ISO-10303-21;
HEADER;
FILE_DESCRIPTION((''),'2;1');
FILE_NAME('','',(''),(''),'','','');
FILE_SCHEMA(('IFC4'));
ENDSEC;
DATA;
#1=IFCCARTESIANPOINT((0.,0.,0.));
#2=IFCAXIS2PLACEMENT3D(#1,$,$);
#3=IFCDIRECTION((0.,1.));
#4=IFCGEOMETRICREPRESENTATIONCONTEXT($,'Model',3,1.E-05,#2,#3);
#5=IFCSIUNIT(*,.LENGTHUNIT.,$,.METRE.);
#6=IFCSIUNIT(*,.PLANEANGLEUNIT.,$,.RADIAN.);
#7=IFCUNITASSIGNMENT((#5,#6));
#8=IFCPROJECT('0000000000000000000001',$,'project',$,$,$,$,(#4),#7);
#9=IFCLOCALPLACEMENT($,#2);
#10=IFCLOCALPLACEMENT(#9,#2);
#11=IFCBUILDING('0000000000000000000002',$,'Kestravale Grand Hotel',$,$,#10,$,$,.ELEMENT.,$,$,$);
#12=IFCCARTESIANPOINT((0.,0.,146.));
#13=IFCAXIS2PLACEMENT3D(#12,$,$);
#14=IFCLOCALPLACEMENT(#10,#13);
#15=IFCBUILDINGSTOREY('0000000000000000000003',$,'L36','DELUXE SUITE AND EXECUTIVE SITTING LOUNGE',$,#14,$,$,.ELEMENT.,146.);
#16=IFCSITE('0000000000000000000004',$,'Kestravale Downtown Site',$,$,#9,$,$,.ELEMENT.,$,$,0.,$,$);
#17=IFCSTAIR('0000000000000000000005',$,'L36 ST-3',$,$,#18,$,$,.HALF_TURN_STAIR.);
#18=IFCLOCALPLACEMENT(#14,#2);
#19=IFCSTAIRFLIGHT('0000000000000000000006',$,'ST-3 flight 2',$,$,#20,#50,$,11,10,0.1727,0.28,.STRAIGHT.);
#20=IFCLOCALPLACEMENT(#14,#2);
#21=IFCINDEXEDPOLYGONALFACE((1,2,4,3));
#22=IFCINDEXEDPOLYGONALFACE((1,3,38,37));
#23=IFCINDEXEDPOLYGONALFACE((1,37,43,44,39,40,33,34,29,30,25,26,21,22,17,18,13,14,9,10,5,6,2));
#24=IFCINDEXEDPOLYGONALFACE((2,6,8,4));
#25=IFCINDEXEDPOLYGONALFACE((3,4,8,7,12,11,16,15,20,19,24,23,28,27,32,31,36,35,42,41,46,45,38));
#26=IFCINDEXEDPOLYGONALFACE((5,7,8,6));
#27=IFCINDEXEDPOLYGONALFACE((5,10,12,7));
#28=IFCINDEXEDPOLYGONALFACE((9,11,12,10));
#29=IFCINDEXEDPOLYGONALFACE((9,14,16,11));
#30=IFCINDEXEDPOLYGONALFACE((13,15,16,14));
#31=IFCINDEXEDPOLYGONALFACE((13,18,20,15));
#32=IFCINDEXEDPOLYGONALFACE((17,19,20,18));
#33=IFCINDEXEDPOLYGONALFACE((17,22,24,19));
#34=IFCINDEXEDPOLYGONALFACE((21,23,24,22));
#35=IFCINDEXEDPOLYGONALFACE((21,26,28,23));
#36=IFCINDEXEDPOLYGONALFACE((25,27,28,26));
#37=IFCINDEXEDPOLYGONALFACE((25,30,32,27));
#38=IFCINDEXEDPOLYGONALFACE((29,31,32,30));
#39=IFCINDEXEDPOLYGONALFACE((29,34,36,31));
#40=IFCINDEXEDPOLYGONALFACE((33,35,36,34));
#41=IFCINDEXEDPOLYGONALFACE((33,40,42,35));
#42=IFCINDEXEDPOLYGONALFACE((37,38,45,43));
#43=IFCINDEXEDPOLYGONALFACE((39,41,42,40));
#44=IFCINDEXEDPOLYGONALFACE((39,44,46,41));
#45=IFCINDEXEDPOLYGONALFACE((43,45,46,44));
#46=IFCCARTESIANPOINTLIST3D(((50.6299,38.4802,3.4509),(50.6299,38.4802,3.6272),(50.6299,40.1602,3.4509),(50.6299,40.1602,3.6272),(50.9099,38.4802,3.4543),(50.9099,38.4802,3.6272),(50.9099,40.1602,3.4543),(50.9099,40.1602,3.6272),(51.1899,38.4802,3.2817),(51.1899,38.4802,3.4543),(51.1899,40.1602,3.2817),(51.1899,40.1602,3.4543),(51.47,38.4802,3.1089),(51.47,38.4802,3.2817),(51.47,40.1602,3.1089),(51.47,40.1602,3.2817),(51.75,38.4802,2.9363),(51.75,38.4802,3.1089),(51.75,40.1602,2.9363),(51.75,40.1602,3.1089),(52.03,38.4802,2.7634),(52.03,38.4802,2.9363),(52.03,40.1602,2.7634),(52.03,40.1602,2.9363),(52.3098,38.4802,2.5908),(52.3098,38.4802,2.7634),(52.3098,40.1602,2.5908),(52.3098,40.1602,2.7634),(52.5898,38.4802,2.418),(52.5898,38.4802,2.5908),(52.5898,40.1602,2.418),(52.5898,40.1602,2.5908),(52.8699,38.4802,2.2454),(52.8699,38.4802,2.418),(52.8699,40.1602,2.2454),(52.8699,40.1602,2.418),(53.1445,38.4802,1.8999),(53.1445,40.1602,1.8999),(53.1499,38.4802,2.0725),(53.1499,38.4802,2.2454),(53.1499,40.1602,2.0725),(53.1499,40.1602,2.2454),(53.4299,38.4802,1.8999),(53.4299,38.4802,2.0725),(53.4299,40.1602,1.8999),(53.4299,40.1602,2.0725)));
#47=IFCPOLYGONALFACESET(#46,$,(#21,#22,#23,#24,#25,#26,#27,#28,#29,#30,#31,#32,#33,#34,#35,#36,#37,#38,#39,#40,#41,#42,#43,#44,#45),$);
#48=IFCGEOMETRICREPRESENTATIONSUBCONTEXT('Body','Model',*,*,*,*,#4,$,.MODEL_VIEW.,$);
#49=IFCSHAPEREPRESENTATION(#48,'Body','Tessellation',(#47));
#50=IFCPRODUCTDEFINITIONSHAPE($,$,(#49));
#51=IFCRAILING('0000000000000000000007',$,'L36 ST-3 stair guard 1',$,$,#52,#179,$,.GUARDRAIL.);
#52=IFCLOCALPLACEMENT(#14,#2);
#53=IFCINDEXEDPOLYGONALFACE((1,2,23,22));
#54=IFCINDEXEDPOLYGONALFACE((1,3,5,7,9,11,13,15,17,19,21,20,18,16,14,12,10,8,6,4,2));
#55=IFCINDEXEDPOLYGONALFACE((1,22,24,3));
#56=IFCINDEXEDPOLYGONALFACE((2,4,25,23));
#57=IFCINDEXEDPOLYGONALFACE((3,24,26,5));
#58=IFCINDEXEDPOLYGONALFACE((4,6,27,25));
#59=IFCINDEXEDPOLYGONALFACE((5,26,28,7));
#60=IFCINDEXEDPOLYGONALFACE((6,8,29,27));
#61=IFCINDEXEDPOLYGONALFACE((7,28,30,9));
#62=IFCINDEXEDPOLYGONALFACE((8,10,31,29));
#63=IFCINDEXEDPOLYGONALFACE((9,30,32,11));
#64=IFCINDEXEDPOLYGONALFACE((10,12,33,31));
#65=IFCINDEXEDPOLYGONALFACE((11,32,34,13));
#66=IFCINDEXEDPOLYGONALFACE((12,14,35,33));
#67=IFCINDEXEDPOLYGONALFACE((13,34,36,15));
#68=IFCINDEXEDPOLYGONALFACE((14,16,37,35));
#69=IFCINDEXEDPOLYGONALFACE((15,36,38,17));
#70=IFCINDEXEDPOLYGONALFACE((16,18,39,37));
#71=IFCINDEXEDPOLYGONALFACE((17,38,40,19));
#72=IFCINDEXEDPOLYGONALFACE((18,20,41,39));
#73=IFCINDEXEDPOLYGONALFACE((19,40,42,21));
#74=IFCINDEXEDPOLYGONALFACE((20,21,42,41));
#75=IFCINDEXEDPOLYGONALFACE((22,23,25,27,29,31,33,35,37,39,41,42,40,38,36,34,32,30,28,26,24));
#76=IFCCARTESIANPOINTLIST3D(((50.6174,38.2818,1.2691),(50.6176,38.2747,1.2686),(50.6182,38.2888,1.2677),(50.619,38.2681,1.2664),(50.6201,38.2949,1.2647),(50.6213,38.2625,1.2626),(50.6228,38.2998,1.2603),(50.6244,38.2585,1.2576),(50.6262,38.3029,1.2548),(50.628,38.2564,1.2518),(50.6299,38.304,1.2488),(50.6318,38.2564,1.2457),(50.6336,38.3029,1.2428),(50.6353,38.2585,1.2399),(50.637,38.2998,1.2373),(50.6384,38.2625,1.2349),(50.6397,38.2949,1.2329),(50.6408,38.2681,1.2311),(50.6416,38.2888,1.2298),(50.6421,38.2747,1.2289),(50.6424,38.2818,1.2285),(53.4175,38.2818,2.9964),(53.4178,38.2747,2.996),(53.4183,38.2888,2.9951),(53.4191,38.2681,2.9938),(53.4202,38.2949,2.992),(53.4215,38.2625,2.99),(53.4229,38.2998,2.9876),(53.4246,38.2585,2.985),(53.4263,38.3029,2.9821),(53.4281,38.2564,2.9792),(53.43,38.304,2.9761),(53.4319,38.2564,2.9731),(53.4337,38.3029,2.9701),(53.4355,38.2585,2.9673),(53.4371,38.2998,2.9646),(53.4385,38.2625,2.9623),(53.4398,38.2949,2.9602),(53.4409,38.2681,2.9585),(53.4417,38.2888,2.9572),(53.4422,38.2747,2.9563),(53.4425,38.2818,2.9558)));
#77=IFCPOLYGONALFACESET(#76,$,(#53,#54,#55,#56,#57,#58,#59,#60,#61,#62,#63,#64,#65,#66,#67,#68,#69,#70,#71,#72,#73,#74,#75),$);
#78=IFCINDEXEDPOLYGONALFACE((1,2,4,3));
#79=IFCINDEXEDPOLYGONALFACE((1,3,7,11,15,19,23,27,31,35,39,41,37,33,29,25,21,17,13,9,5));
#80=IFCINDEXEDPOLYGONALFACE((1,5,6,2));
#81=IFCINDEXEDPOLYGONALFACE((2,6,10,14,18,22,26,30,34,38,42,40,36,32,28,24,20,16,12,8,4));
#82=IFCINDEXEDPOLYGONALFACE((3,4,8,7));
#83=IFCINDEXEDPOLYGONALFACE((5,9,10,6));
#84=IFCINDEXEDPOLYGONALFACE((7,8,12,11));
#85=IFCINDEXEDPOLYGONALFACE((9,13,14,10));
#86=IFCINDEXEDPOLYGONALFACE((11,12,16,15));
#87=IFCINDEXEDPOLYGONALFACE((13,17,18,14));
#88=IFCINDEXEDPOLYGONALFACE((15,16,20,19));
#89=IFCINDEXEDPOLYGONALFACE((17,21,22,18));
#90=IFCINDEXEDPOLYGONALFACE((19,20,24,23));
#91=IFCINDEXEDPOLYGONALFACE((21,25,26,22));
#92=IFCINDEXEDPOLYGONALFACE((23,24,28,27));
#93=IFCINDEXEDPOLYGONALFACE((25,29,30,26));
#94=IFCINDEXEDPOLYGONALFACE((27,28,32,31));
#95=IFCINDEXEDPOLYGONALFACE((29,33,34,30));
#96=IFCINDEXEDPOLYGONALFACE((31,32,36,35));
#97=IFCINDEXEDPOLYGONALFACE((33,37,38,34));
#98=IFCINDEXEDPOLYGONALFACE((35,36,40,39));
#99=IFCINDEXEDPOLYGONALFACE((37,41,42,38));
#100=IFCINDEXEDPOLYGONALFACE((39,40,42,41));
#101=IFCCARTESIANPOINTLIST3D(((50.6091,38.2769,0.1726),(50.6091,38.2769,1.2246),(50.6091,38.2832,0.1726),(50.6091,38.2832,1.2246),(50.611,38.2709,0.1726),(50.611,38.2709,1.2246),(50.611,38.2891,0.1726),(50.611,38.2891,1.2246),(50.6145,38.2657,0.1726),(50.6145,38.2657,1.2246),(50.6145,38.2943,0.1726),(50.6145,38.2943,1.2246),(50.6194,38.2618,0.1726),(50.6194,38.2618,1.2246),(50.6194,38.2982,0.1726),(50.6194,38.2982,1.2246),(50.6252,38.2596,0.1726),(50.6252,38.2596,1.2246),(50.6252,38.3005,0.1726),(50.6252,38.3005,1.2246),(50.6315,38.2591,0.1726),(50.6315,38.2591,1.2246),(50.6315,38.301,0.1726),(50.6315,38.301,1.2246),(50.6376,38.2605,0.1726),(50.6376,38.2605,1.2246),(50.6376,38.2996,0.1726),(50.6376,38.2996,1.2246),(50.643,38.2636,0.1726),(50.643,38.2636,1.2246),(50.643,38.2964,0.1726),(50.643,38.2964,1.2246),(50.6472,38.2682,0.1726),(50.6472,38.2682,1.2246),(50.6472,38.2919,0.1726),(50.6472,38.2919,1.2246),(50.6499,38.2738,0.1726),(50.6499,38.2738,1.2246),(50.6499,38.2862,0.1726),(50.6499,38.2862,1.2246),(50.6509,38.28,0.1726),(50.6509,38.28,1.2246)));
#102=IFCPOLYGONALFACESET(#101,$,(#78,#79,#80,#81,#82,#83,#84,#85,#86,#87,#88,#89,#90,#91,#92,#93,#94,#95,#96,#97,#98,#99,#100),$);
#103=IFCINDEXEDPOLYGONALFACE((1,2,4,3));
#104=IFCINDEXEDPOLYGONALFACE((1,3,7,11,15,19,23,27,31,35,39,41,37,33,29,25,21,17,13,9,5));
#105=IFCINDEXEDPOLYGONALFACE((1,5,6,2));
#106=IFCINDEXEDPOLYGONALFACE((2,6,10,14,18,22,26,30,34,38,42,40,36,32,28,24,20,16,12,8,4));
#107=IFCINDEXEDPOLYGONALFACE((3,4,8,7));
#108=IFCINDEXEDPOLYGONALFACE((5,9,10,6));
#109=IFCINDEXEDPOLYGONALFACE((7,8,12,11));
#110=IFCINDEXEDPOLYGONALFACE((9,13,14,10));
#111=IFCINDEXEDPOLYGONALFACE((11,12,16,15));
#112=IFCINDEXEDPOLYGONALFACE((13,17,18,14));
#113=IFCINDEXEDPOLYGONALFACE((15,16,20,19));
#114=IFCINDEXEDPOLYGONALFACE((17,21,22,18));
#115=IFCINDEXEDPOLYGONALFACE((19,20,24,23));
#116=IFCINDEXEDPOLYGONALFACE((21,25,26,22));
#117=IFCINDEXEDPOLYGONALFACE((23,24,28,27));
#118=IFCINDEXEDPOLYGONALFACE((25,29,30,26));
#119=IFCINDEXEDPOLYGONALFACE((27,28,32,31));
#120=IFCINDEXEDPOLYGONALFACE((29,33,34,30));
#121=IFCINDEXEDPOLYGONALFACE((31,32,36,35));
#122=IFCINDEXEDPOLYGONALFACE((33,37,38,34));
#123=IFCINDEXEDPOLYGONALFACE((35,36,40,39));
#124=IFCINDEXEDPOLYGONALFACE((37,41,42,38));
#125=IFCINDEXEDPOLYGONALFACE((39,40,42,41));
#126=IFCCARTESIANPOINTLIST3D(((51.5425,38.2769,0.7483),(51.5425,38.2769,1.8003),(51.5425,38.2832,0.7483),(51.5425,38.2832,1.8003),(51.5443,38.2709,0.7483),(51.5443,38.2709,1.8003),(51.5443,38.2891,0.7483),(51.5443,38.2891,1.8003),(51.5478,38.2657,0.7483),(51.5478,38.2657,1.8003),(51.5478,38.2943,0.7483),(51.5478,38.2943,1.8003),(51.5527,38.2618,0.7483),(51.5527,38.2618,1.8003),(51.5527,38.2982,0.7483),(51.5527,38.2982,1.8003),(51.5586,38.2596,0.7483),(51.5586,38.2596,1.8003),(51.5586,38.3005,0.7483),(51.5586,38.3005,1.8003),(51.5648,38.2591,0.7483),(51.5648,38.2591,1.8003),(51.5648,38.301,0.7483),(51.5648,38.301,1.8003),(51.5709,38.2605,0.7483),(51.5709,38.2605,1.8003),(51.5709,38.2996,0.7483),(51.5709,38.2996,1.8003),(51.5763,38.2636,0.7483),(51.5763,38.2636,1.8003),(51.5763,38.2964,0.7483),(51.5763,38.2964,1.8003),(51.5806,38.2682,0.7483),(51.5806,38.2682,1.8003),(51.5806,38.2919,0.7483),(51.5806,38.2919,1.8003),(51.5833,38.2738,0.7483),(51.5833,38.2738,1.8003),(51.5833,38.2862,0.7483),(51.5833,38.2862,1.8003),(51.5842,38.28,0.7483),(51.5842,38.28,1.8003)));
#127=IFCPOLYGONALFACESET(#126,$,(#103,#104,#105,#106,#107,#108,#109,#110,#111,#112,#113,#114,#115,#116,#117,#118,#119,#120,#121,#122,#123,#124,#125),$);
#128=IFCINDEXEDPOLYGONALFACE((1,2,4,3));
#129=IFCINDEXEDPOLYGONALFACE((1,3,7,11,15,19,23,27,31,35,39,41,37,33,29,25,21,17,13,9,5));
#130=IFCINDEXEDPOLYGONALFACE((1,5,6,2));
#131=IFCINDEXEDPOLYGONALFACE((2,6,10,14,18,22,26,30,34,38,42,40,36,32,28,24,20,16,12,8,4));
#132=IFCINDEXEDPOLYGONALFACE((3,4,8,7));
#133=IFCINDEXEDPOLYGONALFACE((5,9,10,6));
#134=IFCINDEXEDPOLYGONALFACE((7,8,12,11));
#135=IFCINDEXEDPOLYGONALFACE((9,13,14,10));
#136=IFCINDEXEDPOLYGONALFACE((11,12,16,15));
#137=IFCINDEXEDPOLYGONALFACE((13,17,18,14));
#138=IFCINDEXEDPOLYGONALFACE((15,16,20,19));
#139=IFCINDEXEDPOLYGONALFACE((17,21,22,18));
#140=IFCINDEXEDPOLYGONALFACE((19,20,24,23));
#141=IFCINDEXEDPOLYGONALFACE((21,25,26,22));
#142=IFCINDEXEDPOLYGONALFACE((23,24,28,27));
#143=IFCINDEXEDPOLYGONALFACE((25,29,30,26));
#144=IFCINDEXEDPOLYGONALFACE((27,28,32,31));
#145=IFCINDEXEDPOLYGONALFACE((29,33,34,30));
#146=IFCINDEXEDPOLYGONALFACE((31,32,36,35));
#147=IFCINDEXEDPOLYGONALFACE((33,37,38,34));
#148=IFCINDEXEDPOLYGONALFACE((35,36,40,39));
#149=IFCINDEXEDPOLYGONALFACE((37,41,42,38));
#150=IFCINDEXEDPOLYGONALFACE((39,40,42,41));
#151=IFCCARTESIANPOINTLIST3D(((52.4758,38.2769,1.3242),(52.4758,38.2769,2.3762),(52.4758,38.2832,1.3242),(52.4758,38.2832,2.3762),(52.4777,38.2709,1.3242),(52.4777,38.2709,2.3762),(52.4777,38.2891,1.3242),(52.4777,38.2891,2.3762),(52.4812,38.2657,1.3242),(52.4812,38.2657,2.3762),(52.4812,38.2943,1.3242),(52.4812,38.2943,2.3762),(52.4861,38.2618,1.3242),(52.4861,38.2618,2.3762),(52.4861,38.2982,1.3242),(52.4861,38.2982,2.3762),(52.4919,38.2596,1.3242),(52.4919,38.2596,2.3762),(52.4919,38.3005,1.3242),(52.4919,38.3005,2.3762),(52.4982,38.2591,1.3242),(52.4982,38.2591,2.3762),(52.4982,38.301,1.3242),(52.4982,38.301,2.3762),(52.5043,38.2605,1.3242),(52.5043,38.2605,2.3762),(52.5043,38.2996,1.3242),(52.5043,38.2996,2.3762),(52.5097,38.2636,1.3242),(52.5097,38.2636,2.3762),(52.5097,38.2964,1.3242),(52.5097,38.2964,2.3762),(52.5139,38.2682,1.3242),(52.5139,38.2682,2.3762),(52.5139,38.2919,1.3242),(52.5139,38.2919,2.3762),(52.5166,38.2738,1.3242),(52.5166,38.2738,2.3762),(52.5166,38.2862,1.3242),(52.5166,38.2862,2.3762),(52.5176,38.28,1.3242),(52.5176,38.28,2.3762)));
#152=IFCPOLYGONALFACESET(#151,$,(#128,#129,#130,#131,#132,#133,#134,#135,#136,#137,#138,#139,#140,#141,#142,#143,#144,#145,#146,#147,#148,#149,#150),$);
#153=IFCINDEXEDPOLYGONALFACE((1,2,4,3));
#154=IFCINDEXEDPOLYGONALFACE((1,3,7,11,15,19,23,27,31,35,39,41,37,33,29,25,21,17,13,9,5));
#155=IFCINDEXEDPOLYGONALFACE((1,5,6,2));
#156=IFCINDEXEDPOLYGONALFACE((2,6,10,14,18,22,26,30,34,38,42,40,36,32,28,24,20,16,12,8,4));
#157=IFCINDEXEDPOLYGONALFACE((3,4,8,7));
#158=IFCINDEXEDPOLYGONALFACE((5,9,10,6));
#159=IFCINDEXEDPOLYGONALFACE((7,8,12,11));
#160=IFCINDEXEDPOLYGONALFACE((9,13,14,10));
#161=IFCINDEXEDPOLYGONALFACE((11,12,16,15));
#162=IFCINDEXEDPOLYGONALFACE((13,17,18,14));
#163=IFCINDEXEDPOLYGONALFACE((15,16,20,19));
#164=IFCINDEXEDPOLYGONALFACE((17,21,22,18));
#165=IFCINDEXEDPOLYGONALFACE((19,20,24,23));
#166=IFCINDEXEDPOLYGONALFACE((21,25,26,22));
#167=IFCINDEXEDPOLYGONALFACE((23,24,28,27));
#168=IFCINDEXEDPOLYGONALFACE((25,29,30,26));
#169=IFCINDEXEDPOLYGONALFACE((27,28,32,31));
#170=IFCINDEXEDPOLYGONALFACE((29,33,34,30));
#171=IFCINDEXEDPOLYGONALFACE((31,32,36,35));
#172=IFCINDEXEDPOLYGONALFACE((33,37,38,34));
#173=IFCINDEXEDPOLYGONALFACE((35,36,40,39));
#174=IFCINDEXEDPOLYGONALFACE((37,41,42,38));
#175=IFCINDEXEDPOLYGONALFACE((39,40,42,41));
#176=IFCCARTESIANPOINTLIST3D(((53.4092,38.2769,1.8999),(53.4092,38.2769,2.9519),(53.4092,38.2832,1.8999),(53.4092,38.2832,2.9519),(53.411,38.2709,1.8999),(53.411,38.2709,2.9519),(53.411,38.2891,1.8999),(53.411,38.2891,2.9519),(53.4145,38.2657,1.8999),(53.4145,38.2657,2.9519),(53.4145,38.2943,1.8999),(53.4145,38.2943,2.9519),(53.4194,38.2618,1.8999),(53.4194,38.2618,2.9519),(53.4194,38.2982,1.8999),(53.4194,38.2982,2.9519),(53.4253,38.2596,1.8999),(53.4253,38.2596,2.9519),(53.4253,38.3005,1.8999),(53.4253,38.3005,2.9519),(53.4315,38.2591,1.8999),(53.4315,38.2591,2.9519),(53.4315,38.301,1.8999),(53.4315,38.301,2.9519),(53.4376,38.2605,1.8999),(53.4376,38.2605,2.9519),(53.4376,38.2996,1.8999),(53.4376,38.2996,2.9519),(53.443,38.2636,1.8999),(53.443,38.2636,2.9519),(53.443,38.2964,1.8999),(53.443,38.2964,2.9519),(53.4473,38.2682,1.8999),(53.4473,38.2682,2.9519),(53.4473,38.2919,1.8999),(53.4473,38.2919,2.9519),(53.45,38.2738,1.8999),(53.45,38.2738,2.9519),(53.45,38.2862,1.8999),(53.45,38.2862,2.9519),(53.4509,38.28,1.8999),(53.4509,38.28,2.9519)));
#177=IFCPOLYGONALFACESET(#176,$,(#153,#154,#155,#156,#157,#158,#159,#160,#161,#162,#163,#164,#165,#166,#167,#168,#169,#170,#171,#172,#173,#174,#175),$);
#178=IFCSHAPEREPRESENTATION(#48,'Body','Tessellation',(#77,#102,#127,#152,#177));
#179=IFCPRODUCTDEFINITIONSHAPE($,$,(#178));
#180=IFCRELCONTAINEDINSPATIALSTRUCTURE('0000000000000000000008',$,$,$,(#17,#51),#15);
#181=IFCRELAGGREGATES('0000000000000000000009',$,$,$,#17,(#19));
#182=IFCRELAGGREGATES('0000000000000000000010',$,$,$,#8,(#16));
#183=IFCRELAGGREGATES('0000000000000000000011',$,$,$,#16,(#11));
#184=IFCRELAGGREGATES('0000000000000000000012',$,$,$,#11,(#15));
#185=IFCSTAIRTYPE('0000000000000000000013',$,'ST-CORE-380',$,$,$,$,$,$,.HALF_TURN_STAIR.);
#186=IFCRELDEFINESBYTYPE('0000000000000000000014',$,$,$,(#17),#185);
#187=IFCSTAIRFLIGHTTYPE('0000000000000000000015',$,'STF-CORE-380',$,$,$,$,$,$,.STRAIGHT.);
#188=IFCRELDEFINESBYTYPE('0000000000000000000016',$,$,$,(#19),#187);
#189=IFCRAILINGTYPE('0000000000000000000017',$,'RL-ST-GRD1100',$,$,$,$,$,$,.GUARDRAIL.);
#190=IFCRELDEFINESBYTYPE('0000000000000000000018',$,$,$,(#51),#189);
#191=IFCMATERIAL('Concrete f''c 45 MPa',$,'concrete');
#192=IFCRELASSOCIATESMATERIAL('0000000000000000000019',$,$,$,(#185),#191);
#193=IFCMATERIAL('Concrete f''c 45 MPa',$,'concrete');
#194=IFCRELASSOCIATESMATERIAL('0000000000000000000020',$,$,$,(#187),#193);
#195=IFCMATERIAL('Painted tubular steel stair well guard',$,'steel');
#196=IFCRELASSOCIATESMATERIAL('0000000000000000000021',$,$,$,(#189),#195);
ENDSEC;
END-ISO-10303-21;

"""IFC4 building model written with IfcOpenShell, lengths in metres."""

from ifc_helpers import new_model, si_unit, direction, frame, origin, origin_2d, place, context, subcontext, project, spatial, polyline, circle, outline, extrude, material, type_object, element, aggregate, save


model = new_model("IFC4")

# Units and contexts
model_context = context("Model", 3, precision=1e-05, world=origin(), true_north=direction((0.0, 1.0)))
body_context = subcontext(model_context, "Body", "Model", "MODEL_VIEW")
ifc_project = project(units=[si_unit("LENGTHUNIT", "METRE"), si_unit("PLANEANGLEUNIT", "RADIAN")], contexts=[model_context])

# Site, building, storey
site_placement = place(None, origin())
site = spatial("IfcSite", under=ifc_project, at=site_placement, Name="Kestravale Downtown Site", CompositionType="ELEMENT", RefElevation=0.0)
building_placement = place(site_placement, origin())
building = spatial("IfcBuilding", under=site, at=building_placement, Name="Kestravale Grand Hotel", CompositionType="ELEMENT")
storey_placement = place(building_placement, frame((0.0, 0.0, 146.0)))
storey = spatial("IfcBuildingStorey", under=building, at=storey_placement, Name="L36", Description="DELUXE SUITE AND EXECUTIVE SITTING LOUNGE", CompositionType="ELEMENT", Elevation=146.0)

# Stair, stair flight
ifc_material_1 = material(Name="Concrete f'c 45 MPa", Category="concrete")
stair_type = type_object("IfcStairType", Name="ST-CORE-380", PredefinedType="HALF_TURN_STAIR", material=ifc_material_1)
stair_placement = place(storey_placement, origin())
stair = element("IfcStair", 1, at=stair_placement, inside=storey, type_object=stair_type, Name="L36 ST-3", PredefinedType="HALF_TURN_STAIR")
ifc_material_2 = material(Name="Concrete f'c 45 MPa", Category="concrete")
stair_flight_type = type_object("IfcStairFlightType", Name="STF-CORE-380", PredefinedType="STRAIGHT", material=ifc_material_2)
stair_flight_1_placement = place(storey_placement, frame((53.4299, 39.3201, 1.8999), z_axis=(0.0, 0.0, 1.0), x_axis=(-1.0, 0.0, 0.0)))
stair_flight_1 = element("IfcStairFlight", 2, at=stair_flight_1_placement, type_object=stair_flight_type, Name="ST-3 flight 2", NumberOfRisers=11, NumberOfTreads=10, PredefinedType="STRAIGHT", RiserHeight=0.1727, TreadLength=0.28, context=body_context, shape_type="SweptSolid", body=[
    extrude(outline(polyline([(0.0, 0.0), (0.0, 0.1726), (0.28, 0.1726), (0.28, 0.3455), (0.5601, 0.3455), (0.5601, 0.5181), (0.8401, 0.5181), (0.8401, 0.6909), (1.1201, 0.6909), (1.1201, 0.8635), (1.3999, 0.8635), (1.3999, 1.0364), (1.6799, 1.0364), (1.6799, 1.209), (1.96, 1.209), (1.96, 1.3818), (2.24, 1.3818), (2.24, 1.5544), (2.52, 1.5544), (2.52, 1.7273), (2.8, 1.7273), (2.8, 1.8999), (2.8, 1.551), (0.2854, 0.0), (0.0, 0.0)])), frame((0.0, 0.8398, 0.0), z_axis=(0.0, -1.0, 0.0), x_axis=(1.0, 0.0, 0.0)), (0.0, 0.0, 1.0), 1.6799),
])
aggregate(stair, [stair_flight_1])

# Railing
ifc_material_3 = material(Name="Painted tubular steel stair well guard", Category="steel")
railing_type_1 = type_object("IfcRailingType", Name="RL-ST-GRD1100", PredefinedType="GUARDRAIL", material=ifc_material_3)
railing_1_placement = place(storey_placement, frame((50.6299, 38.28, 0.1726)))
element("IfcRailing", 3, at=railing_1_placement, inside=storey, type_object=railing_type_1, Name="L36 ST-3 stair guard 1", PredefinedType="GUARDRAIL", context=body_context, shape_type="SweptSolid", body=[
    extrude(circle(Radius=0.0239, at=origin_2d()), frame((0.0, 0.0, 1.0762), z_axis=(0.85109, 0.0, 0.52502), x_axis=(0.0, 1.0, 0.0)), (0.0, 0.0, 1.0), 3.29),
    extrude(circle(Radius=0.021, at=origin_2d()), origin(), (0.0, 0.0, 1.0), 1.052),
    extrude(circle(Radius=0.021, at=origin_2d()), frame((0.9333, 0.0, 0.5757)), (0.0, 0.0, 1.0), 1.052),
    extrude(circle(Radius=0.021, at=origin_2d()), frame((1.8667, 0.0, 1.1516)), (0.0, 0.0, 1.0), 1.052),
    extrude(circle(Radius=0.021, at=origin_2d()), frame((2.8, 0.0, 1.7273)), (0.0, 0.0, 1.0), 1.052),
])

save(model, "model.ifc")
